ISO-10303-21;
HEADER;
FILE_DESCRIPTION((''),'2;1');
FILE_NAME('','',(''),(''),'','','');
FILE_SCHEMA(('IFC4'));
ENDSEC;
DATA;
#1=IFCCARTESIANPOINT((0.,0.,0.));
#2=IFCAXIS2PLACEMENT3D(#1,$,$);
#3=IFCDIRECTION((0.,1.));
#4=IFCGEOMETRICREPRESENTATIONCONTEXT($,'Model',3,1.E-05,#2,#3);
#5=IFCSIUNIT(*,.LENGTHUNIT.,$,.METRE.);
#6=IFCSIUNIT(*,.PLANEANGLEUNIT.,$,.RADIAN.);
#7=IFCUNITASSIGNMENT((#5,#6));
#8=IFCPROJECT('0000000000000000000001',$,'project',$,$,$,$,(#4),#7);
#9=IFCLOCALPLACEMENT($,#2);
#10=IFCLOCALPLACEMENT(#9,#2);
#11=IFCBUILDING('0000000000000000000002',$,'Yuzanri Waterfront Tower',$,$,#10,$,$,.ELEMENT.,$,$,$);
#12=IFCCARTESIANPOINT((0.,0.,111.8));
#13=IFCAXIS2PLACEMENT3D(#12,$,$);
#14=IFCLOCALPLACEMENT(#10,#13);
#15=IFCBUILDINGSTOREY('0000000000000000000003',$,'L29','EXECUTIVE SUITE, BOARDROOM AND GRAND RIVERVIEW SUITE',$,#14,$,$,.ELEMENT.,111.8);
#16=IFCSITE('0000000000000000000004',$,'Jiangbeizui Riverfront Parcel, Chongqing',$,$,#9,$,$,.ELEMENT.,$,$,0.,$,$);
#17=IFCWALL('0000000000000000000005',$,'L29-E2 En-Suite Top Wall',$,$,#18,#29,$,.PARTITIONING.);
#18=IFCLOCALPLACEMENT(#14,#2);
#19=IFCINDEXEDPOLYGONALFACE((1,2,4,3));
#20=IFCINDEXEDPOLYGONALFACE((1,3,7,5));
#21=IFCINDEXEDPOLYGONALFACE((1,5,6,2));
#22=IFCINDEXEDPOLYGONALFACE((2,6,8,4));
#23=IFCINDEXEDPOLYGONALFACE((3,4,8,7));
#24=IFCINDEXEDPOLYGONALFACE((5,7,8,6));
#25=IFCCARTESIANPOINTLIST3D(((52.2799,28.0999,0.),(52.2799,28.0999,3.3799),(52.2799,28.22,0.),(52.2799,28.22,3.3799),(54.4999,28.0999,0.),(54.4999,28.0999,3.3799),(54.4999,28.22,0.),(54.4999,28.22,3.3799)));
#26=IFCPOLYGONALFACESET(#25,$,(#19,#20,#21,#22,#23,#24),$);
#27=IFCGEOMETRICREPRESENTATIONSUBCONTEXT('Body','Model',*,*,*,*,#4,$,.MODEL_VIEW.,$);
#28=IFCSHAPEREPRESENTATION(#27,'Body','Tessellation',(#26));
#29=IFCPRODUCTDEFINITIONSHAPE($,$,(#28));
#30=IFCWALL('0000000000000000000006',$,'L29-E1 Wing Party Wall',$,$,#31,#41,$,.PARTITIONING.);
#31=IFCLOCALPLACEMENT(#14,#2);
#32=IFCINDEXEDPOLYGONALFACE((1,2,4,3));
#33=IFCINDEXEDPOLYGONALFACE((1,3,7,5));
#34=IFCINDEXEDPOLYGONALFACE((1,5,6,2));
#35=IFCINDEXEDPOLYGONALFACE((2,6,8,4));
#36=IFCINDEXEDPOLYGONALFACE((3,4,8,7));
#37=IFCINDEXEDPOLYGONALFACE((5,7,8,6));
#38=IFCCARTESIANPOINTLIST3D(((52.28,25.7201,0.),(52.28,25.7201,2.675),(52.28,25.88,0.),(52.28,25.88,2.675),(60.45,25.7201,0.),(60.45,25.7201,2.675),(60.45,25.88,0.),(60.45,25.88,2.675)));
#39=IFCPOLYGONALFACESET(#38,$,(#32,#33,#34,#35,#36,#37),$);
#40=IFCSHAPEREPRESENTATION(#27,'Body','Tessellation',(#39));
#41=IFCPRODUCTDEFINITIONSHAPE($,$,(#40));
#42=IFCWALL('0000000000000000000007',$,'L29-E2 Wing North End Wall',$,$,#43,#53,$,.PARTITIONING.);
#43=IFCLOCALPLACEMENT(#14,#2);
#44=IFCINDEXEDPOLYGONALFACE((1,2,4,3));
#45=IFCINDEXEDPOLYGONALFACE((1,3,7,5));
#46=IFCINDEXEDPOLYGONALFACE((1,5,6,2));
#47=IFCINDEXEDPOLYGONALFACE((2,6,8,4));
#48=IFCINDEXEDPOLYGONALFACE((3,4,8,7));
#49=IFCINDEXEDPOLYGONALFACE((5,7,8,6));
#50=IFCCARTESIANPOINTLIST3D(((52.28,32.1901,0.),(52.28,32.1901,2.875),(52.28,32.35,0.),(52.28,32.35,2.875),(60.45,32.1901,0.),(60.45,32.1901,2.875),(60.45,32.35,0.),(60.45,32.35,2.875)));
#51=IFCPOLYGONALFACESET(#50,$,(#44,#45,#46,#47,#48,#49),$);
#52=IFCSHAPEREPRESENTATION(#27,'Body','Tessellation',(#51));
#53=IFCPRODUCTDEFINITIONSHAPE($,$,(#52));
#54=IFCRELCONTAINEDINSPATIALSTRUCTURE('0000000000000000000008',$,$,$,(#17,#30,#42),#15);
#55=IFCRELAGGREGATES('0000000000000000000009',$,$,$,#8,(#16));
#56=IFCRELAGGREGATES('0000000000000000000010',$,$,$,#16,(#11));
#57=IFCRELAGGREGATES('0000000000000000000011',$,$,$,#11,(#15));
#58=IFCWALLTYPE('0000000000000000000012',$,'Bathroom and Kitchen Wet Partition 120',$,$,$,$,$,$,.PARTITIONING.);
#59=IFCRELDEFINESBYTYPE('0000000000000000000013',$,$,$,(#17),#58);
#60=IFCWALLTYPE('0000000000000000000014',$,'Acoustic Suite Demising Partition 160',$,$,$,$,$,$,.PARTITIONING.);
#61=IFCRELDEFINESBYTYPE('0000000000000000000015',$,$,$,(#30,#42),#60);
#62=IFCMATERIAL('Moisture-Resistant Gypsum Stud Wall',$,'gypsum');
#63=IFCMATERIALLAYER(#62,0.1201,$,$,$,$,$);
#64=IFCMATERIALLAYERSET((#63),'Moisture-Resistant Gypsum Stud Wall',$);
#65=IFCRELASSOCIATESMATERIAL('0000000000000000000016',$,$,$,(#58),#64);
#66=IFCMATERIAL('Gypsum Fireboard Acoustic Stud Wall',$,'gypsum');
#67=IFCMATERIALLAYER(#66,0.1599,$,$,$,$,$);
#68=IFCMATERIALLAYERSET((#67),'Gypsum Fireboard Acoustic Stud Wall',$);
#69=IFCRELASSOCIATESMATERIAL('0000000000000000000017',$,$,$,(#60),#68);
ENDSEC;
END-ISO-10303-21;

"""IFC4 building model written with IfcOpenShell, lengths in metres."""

from ifc_helpers import new_model, si_unit, direction, frame, frame_2d, origin, place, context, subcontext, project, spatial, rectangle, extrude, source, transform, mapped, material, layer, layer_set, type_object, element, save


model = new_model("IFC4")

# Units and contexts
model_context = context("Model", 3, precision=1e-05, world=origin(), true_north=direction((0.0, 1.0)))
body_context = subcontext(model_context, "Body", "Model", "MODEL_VIEW")
ifc_project = project(units=[si_unit("LENGTHUNIT", "METRE"), si_unit("PLANEANGLEUNIT", "RADIAN")], contexts=[model_context])

# Site, building, storey
site_placement = place(None, origin())
site = spatial("IfcSite", under=ifc_project, at=site_placement, Name="Jiangbeizui Riverfront Parcel, Chongqing", CompositionType="ELEMENT", RefElevation=0.0)
building_placement = place(site_placement, origin())
building = spatial("IfcBuilding", under=site, at=building_placement, Name="Yuzanri Waterfront Tower", CompositionType="ELEMENT")
storey_placement = place(building_placement, frame((0.0, 0.0, 111.8)))
storey = spatial("IfcBuildingStorey", under=building, at=storey_placement, Name="L29", Description="EXECUTIVE SUITE, BOARDROOM AND GRAND RIVERVIEW SUITE", CompositionType="ELEMENT", Elevation=111.8)

# Shared definitions
ifc_material_1 = material(Name="Moisture-Resistant Gypsum Stud Wall", Category="gypsum")
ifc_layer_1 = layer(ifc_material_1, 0.1201)
ifc_layer_set_1 = layer_set([ifc_layer_1], Name="Moisture-Resistant Gypsum Stud Wall")
wall_type_1 = type_object("IfcWallType", Name="Bathroom and Kitchen Wet Partition 120", PredefinedType="PARTITIONING", material=ifc_layer_set_1)

# Walls
shared_shape_1 = source(origin(), body_context, "Body", "SweptSolid", [
    extrude(rectangle(XDim=2.22, YDim=0.1201, at=frame_2d((1.1099, 0.0))), origin(), (0.0, 0.0, 1.0), 3.3799),
])
wall_1_placement = place(storey_placement, frame((52.28, 28.1599, 0.0), z_axis=(0.0, 0.0, 1.0), x_axis=(1.0, 0.0, 0.0)))
element("IfcWall", 1, at=wall_1_placement, inside=storey, type_object=wall_type_1, Name="L29-E2 En-Suite Top Wall", PredefinedType="PARTITIONING", context=body_context, shape_type="MappedRepresentation", body=[
    mapped(shared_shape_1, transform((0.0, 0.0, 0.0), scale=1.0)),
])
ifc_material_2 = material(Name="Gypsum Fireboard Acoustic Stud Wall", Category="gypsum")
ifc_layer_2 = layer(ifc_material_2, 0.1599)
ifc_layer_set_2 = layer_set([ifc_layer_2], Name="Gypsum Fireboard Acoustic Stud Wall")
wall_type_2 = type_object("IfcWallType", Name="Acoustic Suite Demising Partition 160", PredefinedType="PARTITIONING", material=ifc_layer_set_2)
shared_shape_2 = source(origin(), body_context, "Body", "SweptSolid", [
    extrude(rectangle(XDim=8.1699, YDim=0.1599, at=frame_2d((4.085, 0.0))), origin(), (0.0, 0.0, 1.0), 2.675),
])
wall_2_placement = place(storey_placement, frame((52.28, 25.8, 0.0), z_axis=(0.0, 0.0, 1.0), x_axis=(1.0, 0.0, 0.0)))
element("IfcWall", 2, at=wall_2_placement, inside=storey, type_object=wall_type_2, Name="L29-E1 Wing Party Wall", PredefinedType="PARTITIONING", context=body_context, shape_type="MappedRepresentation", body=[
    mapped(shared_shape_2, transform((0.0, 0.0, 0.0), scale=1.0)),
])
shared_shape_3 = source(origin(), body_context, "Body", "SweptSolid", [
    extrude(rectangle(XDim=8.1699, YDim=0.1599, at=frame_2d((4.085, 0.0))), origin(), (0.0, 0.0, 1.0), 2.875),
])
wall_3_placement = place(storey_placement, frame((52.28, 32.27, 0.0), z_axis=(0.0, 0.0, 1.0), x_axis=(1.0, 0.0, 0.0)))
element("IfcWall", 3, at=wall_3_placement, inside=storey, type_object=wall_type_2, Name="L29-E2 Wing North End Wall", PredefinedType="PARTITIONING", context=body_context, shape_type="MappedRepresentation", body=[
    mapped(shared_shape_3, transform((0.0, 0.0, 0.0), scale=1.0)),
])

save(model, "model.ifc")
